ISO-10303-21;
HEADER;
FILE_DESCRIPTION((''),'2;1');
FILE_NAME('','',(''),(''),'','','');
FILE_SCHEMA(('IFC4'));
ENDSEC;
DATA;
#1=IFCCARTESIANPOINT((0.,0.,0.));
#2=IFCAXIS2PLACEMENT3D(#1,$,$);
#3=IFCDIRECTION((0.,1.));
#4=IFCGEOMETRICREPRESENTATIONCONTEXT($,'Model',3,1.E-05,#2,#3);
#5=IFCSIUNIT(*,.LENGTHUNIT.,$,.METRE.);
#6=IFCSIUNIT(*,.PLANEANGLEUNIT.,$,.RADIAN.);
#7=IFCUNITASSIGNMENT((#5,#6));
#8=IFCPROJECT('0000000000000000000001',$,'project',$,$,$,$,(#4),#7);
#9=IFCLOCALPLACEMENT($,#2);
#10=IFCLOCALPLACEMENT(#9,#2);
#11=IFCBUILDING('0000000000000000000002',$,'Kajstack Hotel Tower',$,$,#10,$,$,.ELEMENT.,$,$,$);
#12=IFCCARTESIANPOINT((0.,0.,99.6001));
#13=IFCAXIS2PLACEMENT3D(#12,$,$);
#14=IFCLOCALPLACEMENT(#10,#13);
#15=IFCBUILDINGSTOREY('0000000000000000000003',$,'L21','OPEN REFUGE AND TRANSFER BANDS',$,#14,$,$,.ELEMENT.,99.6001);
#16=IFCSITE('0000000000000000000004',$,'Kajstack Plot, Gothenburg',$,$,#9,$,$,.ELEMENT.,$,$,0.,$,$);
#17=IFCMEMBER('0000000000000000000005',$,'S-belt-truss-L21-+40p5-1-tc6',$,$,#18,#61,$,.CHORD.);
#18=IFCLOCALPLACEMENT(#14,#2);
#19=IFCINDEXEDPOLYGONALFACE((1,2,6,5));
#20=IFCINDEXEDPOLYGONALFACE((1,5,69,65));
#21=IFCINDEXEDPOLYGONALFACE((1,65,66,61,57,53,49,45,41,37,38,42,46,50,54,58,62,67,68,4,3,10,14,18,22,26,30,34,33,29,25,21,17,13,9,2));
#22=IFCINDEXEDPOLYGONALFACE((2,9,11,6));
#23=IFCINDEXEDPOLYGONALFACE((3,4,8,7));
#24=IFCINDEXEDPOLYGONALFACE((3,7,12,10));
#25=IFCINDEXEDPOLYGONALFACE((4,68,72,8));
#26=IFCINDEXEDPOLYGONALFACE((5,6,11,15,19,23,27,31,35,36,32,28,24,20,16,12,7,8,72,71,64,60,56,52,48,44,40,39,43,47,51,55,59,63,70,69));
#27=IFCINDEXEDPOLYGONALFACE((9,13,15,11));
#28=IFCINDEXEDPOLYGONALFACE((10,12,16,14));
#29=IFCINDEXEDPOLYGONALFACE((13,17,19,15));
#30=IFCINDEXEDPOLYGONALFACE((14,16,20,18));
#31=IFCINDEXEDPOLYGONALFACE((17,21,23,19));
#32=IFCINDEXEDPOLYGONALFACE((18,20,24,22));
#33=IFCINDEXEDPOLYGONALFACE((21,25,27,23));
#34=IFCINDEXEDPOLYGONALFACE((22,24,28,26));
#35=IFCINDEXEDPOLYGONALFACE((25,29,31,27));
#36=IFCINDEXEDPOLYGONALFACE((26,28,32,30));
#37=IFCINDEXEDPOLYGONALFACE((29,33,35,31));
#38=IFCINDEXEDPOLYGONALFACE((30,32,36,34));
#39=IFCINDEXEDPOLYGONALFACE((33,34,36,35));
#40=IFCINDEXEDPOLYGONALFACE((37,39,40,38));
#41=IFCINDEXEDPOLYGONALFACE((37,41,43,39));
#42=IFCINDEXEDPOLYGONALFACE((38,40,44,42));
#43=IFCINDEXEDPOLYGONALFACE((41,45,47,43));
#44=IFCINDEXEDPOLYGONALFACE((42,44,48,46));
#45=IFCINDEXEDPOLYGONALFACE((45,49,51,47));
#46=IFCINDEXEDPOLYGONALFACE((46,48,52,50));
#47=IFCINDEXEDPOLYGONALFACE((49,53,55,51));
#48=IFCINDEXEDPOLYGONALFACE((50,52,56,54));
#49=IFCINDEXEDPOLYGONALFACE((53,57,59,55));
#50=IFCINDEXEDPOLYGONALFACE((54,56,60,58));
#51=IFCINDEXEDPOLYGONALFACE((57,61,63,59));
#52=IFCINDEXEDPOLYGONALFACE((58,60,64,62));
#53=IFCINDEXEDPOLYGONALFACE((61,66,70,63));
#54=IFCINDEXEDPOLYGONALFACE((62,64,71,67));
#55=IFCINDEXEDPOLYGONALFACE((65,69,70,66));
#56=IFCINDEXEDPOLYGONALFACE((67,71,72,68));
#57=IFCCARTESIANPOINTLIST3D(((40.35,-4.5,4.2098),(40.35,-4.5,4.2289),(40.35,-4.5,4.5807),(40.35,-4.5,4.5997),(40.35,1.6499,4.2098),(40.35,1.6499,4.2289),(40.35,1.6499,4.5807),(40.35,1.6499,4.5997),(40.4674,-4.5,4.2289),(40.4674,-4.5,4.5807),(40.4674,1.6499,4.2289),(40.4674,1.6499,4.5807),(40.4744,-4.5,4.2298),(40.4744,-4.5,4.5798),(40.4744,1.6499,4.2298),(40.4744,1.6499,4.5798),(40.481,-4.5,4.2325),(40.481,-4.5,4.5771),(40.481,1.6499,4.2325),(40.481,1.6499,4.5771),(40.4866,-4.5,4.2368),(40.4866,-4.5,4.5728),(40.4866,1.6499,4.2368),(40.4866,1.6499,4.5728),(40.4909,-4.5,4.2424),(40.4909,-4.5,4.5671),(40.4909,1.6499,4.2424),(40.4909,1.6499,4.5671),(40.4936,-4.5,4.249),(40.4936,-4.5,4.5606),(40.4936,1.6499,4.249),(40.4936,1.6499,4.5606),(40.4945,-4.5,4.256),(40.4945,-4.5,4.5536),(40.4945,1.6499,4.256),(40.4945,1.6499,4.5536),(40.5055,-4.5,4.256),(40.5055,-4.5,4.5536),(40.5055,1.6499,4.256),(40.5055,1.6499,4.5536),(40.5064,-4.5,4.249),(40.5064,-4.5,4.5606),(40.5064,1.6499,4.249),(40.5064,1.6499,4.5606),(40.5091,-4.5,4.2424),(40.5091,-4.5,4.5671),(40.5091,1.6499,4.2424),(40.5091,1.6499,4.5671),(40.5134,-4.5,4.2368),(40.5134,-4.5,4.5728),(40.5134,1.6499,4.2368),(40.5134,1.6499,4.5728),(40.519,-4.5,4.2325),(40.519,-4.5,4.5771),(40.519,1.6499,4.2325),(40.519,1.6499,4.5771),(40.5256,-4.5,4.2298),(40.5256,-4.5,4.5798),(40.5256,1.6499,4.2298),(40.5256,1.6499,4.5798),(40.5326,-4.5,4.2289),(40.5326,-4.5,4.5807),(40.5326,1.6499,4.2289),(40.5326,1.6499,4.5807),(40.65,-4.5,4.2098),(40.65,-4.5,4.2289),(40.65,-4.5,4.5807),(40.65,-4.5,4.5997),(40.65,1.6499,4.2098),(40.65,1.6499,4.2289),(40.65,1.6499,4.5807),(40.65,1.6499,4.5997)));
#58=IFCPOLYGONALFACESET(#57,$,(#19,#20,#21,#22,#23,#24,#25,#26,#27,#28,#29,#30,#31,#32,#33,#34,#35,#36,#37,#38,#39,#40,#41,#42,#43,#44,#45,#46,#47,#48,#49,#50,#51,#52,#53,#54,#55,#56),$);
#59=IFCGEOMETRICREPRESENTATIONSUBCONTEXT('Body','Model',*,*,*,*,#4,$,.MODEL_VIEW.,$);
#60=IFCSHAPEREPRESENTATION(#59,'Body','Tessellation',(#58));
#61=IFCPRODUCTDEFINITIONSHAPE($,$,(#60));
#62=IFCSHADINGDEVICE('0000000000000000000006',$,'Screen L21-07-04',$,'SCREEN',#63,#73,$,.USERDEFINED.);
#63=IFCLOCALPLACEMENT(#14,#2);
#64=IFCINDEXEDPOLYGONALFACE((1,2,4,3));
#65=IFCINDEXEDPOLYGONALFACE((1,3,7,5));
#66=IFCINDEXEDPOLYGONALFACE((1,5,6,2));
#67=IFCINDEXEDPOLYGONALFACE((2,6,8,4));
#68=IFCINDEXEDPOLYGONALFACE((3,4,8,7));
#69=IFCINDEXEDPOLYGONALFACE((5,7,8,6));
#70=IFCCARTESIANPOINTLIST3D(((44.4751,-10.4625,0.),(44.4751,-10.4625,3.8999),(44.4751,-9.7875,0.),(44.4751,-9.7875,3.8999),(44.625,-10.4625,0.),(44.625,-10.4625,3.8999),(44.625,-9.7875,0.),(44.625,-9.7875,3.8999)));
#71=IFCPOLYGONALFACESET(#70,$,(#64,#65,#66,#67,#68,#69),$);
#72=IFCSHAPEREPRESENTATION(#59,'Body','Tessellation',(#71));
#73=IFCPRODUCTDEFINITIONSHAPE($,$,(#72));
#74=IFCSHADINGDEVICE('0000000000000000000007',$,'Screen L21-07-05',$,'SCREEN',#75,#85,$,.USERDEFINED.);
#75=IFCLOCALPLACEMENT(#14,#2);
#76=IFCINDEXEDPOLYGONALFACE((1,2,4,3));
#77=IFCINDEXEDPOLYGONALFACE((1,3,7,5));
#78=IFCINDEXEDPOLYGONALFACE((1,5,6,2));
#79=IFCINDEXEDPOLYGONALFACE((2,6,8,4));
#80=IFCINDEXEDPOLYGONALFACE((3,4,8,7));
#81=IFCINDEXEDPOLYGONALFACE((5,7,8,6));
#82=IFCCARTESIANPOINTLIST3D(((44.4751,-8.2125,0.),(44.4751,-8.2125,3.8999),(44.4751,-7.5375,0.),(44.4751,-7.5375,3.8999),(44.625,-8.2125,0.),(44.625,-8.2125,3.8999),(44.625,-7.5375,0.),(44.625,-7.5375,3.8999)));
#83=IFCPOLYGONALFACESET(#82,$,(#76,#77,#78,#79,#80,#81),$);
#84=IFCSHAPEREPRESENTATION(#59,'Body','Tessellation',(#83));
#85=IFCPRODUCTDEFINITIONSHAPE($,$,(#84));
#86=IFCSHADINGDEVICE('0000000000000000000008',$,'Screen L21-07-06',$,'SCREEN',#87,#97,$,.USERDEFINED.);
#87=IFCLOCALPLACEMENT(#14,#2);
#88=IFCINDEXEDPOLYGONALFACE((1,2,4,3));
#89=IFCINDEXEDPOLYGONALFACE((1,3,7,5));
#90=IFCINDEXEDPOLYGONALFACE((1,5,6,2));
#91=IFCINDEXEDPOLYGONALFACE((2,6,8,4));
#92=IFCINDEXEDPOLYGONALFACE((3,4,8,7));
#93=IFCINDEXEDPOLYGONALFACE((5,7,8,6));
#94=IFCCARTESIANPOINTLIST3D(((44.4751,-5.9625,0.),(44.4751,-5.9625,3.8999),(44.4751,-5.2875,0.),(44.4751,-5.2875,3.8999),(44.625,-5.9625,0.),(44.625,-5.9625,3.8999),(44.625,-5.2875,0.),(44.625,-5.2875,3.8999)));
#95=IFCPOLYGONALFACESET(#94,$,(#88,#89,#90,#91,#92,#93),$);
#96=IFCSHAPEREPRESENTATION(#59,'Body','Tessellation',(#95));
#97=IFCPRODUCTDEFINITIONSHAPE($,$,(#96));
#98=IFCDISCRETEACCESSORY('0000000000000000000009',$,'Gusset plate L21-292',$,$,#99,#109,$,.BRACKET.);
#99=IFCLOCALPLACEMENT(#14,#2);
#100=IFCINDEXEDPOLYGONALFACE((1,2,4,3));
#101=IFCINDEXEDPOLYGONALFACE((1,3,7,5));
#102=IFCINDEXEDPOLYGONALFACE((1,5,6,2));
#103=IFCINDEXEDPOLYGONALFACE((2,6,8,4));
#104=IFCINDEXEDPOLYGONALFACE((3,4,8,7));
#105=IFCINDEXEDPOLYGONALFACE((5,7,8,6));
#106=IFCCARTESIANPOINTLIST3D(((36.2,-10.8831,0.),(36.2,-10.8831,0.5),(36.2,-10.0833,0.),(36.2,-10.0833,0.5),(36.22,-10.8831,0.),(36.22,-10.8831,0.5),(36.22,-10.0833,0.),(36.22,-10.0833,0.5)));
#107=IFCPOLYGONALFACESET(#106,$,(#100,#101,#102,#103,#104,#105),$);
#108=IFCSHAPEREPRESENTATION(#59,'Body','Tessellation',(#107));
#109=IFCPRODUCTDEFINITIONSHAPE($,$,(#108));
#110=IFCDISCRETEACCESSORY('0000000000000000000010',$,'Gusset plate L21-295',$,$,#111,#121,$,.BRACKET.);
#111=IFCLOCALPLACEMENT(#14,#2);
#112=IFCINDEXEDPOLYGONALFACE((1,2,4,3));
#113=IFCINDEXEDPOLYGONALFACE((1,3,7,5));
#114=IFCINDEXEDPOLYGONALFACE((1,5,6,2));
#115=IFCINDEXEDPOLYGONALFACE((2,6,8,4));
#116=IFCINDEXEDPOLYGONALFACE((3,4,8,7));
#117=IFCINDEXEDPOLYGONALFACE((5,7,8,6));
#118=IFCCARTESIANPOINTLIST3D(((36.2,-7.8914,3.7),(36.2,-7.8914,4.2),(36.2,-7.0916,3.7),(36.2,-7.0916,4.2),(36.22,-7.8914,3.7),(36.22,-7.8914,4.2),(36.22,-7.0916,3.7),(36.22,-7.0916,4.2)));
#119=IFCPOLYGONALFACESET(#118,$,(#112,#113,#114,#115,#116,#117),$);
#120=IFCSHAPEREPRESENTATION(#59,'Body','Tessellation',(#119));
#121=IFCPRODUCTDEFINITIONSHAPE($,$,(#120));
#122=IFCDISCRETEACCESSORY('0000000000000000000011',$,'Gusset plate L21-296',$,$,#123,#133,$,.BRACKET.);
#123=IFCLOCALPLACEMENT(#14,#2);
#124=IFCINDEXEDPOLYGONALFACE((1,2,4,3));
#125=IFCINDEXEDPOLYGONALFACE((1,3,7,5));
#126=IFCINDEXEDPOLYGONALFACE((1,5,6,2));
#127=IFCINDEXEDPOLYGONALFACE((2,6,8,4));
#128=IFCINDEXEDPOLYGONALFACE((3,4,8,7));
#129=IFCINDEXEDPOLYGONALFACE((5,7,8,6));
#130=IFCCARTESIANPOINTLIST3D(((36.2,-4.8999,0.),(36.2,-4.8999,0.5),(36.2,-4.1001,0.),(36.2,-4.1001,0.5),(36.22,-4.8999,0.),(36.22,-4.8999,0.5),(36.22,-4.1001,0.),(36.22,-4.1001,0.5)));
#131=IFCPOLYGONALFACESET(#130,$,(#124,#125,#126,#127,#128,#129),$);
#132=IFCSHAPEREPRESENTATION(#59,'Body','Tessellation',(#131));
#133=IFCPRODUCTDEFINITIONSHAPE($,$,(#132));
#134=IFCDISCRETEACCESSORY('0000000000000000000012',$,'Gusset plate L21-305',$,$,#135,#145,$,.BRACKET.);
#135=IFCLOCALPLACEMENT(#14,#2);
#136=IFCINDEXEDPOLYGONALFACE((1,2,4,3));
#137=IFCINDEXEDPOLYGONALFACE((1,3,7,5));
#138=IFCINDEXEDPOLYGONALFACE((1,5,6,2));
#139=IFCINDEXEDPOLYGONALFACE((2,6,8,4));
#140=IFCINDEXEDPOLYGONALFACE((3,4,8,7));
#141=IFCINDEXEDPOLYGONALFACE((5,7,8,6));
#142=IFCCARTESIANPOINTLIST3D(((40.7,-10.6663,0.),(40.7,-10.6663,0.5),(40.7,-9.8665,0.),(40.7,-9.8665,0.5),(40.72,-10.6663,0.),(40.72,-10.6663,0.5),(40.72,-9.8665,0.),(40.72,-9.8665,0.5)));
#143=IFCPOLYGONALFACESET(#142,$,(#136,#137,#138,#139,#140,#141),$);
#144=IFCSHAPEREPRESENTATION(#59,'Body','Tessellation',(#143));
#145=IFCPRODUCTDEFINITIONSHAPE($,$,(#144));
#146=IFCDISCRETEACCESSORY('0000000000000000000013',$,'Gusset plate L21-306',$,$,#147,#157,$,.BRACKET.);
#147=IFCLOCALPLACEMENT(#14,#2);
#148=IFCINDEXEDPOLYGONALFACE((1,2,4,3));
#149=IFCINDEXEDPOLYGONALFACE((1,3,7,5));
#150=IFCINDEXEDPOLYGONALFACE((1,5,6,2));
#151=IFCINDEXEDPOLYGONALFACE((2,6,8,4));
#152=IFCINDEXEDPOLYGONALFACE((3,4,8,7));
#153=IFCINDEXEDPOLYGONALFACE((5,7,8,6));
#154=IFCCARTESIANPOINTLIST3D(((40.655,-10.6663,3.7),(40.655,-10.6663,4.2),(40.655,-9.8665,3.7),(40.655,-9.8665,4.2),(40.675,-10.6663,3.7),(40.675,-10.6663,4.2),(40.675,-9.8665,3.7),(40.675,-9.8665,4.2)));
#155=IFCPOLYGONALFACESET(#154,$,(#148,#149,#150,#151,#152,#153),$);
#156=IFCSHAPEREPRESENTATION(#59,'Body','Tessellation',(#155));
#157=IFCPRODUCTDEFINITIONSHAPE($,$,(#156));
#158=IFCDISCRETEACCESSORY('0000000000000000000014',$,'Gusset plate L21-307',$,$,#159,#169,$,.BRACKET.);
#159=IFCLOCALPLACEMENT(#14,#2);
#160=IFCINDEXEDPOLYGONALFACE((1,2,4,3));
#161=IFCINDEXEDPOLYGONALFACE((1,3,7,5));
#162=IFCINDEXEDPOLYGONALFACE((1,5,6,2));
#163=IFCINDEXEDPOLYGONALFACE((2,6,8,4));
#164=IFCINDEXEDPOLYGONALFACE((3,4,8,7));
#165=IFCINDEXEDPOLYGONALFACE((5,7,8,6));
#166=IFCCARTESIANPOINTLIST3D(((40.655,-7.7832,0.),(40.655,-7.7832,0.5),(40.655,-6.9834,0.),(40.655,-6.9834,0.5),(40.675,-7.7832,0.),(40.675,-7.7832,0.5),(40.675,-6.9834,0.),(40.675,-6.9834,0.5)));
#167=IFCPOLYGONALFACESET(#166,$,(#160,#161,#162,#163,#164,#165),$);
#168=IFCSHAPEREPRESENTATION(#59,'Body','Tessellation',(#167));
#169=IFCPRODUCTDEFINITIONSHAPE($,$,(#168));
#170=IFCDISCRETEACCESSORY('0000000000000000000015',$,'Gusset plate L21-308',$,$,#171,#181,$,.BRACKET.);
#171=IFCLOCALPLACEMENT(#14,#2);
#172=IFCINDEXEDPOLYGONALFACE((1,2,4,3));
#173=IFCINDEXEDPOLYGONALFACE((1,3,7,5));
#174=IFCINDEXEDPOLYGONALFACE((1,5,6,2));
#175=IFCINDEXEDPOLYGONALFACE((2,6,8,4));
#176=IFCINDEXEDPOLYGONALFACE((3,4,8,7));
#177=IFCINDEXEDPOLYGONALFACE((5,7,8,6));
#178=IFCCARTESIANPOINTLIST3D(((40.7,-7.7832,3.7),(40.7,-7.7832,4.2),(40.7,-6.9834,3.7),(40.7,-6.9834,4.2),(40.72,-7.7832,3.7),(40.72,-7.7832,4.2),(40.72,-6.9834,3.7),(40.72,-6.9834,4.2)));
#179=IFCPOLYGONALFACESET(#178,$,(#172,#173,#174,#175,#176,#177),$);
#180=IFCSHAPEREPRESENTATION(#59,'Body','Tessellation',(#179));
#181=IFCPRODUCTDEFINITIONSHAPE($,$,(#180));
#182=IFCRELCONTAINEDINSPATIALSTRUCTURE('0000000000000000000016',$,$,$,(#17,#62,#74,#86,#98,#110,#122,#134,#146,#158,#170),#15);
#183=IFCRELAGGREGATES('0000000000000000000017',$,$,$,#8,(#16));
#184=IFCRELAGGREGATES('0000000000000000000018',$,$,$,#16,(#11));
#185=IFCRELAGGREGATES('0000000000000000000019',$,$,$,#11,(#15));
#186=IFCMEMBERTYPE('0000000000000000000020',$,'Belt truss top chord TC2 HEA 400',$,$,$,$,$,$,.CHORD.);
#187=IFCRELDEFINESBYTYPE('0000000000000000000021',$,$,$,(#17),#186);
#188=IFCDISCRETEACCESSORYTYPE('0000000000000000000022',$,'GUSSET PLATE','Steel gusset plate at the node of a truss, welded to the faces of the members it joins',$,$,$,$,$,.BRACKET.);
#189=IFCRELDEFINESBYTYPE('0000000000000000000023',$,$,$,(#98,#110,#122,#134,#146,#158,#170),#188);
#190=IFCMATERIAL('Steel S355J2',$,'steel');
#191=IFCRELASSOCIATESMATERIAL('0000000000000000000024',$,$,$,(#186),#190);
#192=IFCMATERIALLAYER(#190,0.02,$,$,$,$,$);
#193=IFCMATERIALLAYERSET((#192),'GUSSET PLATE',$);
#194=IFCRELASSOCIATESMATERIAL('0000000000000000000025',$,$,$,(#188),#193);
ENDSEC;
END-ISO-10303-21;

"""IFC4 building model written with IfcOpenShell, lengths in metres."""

from ifc_helpers import new_model, si_unit, direction, frame, origin, origin_2d, place, context, subcontext, project, spatial, polyline, rectangle, i_section, outline, extrude, material, layer, layer_set, material_profile, profile_set, type_object, element, save


model = new_model("IFC4")

# Units and contexts
model_context = context("Model", 3, precision=1e-05, world=origin(), true_north=direction((0.0, 1.0)))
body_context = subcontext(model_context, "Body", "Model", "MODEL_VIEW")
ifc_project = project(units=[si_unit("LENGTHUNIT", "METRE"), si_unit("PLANEANGLEUNIT", "RADIAN")], contexts=[model_context])

# Site, building, storey
site_placement = place(None, origin())
site = spatial("IfcSite", under=ifc_project, at=site_placement, Name="Kajstack Plot, Gothenburg", CompositionType="ELEMENT", RefElevation=0.0)
building_placement = place(site_placement, origin())
building = spatial("IfcBuilding", under=site, at=building_placement, Name="Kajstack Hotel Tower", CompositionType="ELEMENT")
storey_placement = place(building_placement, frame((0.0, 0.0, 99.6001)))
storey = spatial("IfcBuildingStorey", under=building, at=storey_placement, Name="L21", Description="OPEN REFUGE AND TRANSFER BANDS", CompositionType="ELEMENT", Elevation=99.6001)

# Member
ifc_material = material(Name="Steel S355J2", Category="steel")
ifc_material_profile_1 = material_profile(ifc_material, i_section(OverallWidth=0.3, OverallDepth=0.3899, WebThickness=0.011, FlangeThickness=0.019, FilletRadius=0.0271, at=origin_2d()), Name="HEA 400")
ifc_profile_set_1 = profile_set([ifc_material_profile_1], Name="Steel S355J2")
member_type_1 = type_object("IfcMemberType", Name="Belt truss top chord TC2 HEA 400", PredefinedType="CHORD", material=ifc_profile_set_1)
member_1_placement = place(storey_placement, frame((40.5, -4.5, 4.4048), z_axis=(0.0, 1.0, 0.0), x_axis=(-1.0, 0.0, 0.0)))
element("IfcMember", 1, at=member_1_placement, inside=storey, type_object=member_type_1, Name="S-belt-truss-L21-+40p5-1-tc6", PredefinedType="CHORD", context=body_context, shape_type="SweptSolid", body=[
    extrude(i_section(OverallWidth=0.3, OverallDepth=0.3899, WebThickness=0.011, FlangeThickness=0.019, FilletRadius=0.0271, at=origin_2d()), origin(), (0.0, 0.0, 1.0), 6.1499),
])

# Shading devices
for number, where, z_axis, x_axis, name in (
    (2, (44.55, -10.125, 0.0), (0.0, 0.0, 1.0), (0.0, 1.0, 0.0), "Screen L21-07-04"),
    (3, (44.55, -7.875, 0.0), (0.0, 0.0, 1.0), (0.0, 1.0, 0.0), "Screen L21-07-05"),
    (4, (44.55, -5.625, 0.0), (0.0, 0.0, 1.0), (0.0, 1.0, 0.0), "Screen L21-07-06"),
):
    element("IfcShadingDevice", number, at=place(storey_placement, frame(where, z_axis=z_axis, x_axis=x_axis)), inside=storey, Name=name, ObjectType="SCREEN", PredefinedType="USERDEFINED", context=body_context, shape_type="SweptSolid", body=[
        extrude(rectangle(XDim=0.675, YDim=0.1499, at=origin_2d()), origin(), (0.0, 0.0, 1.0), 3.8999),
    ])

# Discrete accessories
ifc_layer = layer(ifc_material, 0.02)
ifc_layer_set = layer_set([ifc_layer], Name="GUSSET PLATE")
discrete_accessory_type = type_object("IfcDiscreteAccessoryType", Name="GUSSET PLATE", Description="Steel gusset plate at the node of a truss, welded to the faces of the members it joins", PredefinedType="BRACKET", material=ifc_layer_set)
for number, where, z_axis, x_axis, name in (
    (5, (36.2, -10.4832, 0.0), (1.0, 0.0, 0.0), (0.0, 1.0, 0.0), "Gusset plate L21-292"),
    (6, (36.2, -7.4915, 3.7), (1.0, 0.0, 0.0), (0.0, 1.0, 0.0), "Gusset plate L21-295"),
    (7, (36.2, -4.5, 0.0), (1.0, 0.0, 0.0), (0.0, 1.0, 0.0), "Gusset plate L21-296"),
    (8, (40.7, -10.2664, 0.0), (1.0, 0.0, 0.0), (0.0, 1.0, 0.0), "Gusset plate L21-305"),
    (9, (40.655, -10.2664, 3.7), (1.0, 0.0, 0.0), (0.0, 1.0, 0.0), "Gusset plate L21-306"),
    (10, (40.655, -7.3833, 0.0), (1.0, 0.0, 0.0), (0.0, 1.0, 0.0), "Gusset plate L21-307"),
    (11, (40.7, -7.3833, 3.7), (1.0, 0.0, 0.0), (0.0, 1.0, 0.0), "Gusset plate L21-308"),
):
    element("IfcDiscreteAccessory", number, at=place(storey_placement, frame(where, z_axis=z_axis, x_axis=x_axis)), inside=storey, type_object=discrete_accessory_type, Name=name, PredefinedType="BRACKET", context=body_context, shape_type="SweptSolid", body=[
        extrude(outline(polyline([(-0.3999, 0.0), (0.3999, 0.0), (0.3999, 0.5), (-0.3999, 0.5), (-0.3999, 0.0)])), origin(), (0.0, 0.0, 1.0), 0.02),
    ])

save(model, "model.ifc")
